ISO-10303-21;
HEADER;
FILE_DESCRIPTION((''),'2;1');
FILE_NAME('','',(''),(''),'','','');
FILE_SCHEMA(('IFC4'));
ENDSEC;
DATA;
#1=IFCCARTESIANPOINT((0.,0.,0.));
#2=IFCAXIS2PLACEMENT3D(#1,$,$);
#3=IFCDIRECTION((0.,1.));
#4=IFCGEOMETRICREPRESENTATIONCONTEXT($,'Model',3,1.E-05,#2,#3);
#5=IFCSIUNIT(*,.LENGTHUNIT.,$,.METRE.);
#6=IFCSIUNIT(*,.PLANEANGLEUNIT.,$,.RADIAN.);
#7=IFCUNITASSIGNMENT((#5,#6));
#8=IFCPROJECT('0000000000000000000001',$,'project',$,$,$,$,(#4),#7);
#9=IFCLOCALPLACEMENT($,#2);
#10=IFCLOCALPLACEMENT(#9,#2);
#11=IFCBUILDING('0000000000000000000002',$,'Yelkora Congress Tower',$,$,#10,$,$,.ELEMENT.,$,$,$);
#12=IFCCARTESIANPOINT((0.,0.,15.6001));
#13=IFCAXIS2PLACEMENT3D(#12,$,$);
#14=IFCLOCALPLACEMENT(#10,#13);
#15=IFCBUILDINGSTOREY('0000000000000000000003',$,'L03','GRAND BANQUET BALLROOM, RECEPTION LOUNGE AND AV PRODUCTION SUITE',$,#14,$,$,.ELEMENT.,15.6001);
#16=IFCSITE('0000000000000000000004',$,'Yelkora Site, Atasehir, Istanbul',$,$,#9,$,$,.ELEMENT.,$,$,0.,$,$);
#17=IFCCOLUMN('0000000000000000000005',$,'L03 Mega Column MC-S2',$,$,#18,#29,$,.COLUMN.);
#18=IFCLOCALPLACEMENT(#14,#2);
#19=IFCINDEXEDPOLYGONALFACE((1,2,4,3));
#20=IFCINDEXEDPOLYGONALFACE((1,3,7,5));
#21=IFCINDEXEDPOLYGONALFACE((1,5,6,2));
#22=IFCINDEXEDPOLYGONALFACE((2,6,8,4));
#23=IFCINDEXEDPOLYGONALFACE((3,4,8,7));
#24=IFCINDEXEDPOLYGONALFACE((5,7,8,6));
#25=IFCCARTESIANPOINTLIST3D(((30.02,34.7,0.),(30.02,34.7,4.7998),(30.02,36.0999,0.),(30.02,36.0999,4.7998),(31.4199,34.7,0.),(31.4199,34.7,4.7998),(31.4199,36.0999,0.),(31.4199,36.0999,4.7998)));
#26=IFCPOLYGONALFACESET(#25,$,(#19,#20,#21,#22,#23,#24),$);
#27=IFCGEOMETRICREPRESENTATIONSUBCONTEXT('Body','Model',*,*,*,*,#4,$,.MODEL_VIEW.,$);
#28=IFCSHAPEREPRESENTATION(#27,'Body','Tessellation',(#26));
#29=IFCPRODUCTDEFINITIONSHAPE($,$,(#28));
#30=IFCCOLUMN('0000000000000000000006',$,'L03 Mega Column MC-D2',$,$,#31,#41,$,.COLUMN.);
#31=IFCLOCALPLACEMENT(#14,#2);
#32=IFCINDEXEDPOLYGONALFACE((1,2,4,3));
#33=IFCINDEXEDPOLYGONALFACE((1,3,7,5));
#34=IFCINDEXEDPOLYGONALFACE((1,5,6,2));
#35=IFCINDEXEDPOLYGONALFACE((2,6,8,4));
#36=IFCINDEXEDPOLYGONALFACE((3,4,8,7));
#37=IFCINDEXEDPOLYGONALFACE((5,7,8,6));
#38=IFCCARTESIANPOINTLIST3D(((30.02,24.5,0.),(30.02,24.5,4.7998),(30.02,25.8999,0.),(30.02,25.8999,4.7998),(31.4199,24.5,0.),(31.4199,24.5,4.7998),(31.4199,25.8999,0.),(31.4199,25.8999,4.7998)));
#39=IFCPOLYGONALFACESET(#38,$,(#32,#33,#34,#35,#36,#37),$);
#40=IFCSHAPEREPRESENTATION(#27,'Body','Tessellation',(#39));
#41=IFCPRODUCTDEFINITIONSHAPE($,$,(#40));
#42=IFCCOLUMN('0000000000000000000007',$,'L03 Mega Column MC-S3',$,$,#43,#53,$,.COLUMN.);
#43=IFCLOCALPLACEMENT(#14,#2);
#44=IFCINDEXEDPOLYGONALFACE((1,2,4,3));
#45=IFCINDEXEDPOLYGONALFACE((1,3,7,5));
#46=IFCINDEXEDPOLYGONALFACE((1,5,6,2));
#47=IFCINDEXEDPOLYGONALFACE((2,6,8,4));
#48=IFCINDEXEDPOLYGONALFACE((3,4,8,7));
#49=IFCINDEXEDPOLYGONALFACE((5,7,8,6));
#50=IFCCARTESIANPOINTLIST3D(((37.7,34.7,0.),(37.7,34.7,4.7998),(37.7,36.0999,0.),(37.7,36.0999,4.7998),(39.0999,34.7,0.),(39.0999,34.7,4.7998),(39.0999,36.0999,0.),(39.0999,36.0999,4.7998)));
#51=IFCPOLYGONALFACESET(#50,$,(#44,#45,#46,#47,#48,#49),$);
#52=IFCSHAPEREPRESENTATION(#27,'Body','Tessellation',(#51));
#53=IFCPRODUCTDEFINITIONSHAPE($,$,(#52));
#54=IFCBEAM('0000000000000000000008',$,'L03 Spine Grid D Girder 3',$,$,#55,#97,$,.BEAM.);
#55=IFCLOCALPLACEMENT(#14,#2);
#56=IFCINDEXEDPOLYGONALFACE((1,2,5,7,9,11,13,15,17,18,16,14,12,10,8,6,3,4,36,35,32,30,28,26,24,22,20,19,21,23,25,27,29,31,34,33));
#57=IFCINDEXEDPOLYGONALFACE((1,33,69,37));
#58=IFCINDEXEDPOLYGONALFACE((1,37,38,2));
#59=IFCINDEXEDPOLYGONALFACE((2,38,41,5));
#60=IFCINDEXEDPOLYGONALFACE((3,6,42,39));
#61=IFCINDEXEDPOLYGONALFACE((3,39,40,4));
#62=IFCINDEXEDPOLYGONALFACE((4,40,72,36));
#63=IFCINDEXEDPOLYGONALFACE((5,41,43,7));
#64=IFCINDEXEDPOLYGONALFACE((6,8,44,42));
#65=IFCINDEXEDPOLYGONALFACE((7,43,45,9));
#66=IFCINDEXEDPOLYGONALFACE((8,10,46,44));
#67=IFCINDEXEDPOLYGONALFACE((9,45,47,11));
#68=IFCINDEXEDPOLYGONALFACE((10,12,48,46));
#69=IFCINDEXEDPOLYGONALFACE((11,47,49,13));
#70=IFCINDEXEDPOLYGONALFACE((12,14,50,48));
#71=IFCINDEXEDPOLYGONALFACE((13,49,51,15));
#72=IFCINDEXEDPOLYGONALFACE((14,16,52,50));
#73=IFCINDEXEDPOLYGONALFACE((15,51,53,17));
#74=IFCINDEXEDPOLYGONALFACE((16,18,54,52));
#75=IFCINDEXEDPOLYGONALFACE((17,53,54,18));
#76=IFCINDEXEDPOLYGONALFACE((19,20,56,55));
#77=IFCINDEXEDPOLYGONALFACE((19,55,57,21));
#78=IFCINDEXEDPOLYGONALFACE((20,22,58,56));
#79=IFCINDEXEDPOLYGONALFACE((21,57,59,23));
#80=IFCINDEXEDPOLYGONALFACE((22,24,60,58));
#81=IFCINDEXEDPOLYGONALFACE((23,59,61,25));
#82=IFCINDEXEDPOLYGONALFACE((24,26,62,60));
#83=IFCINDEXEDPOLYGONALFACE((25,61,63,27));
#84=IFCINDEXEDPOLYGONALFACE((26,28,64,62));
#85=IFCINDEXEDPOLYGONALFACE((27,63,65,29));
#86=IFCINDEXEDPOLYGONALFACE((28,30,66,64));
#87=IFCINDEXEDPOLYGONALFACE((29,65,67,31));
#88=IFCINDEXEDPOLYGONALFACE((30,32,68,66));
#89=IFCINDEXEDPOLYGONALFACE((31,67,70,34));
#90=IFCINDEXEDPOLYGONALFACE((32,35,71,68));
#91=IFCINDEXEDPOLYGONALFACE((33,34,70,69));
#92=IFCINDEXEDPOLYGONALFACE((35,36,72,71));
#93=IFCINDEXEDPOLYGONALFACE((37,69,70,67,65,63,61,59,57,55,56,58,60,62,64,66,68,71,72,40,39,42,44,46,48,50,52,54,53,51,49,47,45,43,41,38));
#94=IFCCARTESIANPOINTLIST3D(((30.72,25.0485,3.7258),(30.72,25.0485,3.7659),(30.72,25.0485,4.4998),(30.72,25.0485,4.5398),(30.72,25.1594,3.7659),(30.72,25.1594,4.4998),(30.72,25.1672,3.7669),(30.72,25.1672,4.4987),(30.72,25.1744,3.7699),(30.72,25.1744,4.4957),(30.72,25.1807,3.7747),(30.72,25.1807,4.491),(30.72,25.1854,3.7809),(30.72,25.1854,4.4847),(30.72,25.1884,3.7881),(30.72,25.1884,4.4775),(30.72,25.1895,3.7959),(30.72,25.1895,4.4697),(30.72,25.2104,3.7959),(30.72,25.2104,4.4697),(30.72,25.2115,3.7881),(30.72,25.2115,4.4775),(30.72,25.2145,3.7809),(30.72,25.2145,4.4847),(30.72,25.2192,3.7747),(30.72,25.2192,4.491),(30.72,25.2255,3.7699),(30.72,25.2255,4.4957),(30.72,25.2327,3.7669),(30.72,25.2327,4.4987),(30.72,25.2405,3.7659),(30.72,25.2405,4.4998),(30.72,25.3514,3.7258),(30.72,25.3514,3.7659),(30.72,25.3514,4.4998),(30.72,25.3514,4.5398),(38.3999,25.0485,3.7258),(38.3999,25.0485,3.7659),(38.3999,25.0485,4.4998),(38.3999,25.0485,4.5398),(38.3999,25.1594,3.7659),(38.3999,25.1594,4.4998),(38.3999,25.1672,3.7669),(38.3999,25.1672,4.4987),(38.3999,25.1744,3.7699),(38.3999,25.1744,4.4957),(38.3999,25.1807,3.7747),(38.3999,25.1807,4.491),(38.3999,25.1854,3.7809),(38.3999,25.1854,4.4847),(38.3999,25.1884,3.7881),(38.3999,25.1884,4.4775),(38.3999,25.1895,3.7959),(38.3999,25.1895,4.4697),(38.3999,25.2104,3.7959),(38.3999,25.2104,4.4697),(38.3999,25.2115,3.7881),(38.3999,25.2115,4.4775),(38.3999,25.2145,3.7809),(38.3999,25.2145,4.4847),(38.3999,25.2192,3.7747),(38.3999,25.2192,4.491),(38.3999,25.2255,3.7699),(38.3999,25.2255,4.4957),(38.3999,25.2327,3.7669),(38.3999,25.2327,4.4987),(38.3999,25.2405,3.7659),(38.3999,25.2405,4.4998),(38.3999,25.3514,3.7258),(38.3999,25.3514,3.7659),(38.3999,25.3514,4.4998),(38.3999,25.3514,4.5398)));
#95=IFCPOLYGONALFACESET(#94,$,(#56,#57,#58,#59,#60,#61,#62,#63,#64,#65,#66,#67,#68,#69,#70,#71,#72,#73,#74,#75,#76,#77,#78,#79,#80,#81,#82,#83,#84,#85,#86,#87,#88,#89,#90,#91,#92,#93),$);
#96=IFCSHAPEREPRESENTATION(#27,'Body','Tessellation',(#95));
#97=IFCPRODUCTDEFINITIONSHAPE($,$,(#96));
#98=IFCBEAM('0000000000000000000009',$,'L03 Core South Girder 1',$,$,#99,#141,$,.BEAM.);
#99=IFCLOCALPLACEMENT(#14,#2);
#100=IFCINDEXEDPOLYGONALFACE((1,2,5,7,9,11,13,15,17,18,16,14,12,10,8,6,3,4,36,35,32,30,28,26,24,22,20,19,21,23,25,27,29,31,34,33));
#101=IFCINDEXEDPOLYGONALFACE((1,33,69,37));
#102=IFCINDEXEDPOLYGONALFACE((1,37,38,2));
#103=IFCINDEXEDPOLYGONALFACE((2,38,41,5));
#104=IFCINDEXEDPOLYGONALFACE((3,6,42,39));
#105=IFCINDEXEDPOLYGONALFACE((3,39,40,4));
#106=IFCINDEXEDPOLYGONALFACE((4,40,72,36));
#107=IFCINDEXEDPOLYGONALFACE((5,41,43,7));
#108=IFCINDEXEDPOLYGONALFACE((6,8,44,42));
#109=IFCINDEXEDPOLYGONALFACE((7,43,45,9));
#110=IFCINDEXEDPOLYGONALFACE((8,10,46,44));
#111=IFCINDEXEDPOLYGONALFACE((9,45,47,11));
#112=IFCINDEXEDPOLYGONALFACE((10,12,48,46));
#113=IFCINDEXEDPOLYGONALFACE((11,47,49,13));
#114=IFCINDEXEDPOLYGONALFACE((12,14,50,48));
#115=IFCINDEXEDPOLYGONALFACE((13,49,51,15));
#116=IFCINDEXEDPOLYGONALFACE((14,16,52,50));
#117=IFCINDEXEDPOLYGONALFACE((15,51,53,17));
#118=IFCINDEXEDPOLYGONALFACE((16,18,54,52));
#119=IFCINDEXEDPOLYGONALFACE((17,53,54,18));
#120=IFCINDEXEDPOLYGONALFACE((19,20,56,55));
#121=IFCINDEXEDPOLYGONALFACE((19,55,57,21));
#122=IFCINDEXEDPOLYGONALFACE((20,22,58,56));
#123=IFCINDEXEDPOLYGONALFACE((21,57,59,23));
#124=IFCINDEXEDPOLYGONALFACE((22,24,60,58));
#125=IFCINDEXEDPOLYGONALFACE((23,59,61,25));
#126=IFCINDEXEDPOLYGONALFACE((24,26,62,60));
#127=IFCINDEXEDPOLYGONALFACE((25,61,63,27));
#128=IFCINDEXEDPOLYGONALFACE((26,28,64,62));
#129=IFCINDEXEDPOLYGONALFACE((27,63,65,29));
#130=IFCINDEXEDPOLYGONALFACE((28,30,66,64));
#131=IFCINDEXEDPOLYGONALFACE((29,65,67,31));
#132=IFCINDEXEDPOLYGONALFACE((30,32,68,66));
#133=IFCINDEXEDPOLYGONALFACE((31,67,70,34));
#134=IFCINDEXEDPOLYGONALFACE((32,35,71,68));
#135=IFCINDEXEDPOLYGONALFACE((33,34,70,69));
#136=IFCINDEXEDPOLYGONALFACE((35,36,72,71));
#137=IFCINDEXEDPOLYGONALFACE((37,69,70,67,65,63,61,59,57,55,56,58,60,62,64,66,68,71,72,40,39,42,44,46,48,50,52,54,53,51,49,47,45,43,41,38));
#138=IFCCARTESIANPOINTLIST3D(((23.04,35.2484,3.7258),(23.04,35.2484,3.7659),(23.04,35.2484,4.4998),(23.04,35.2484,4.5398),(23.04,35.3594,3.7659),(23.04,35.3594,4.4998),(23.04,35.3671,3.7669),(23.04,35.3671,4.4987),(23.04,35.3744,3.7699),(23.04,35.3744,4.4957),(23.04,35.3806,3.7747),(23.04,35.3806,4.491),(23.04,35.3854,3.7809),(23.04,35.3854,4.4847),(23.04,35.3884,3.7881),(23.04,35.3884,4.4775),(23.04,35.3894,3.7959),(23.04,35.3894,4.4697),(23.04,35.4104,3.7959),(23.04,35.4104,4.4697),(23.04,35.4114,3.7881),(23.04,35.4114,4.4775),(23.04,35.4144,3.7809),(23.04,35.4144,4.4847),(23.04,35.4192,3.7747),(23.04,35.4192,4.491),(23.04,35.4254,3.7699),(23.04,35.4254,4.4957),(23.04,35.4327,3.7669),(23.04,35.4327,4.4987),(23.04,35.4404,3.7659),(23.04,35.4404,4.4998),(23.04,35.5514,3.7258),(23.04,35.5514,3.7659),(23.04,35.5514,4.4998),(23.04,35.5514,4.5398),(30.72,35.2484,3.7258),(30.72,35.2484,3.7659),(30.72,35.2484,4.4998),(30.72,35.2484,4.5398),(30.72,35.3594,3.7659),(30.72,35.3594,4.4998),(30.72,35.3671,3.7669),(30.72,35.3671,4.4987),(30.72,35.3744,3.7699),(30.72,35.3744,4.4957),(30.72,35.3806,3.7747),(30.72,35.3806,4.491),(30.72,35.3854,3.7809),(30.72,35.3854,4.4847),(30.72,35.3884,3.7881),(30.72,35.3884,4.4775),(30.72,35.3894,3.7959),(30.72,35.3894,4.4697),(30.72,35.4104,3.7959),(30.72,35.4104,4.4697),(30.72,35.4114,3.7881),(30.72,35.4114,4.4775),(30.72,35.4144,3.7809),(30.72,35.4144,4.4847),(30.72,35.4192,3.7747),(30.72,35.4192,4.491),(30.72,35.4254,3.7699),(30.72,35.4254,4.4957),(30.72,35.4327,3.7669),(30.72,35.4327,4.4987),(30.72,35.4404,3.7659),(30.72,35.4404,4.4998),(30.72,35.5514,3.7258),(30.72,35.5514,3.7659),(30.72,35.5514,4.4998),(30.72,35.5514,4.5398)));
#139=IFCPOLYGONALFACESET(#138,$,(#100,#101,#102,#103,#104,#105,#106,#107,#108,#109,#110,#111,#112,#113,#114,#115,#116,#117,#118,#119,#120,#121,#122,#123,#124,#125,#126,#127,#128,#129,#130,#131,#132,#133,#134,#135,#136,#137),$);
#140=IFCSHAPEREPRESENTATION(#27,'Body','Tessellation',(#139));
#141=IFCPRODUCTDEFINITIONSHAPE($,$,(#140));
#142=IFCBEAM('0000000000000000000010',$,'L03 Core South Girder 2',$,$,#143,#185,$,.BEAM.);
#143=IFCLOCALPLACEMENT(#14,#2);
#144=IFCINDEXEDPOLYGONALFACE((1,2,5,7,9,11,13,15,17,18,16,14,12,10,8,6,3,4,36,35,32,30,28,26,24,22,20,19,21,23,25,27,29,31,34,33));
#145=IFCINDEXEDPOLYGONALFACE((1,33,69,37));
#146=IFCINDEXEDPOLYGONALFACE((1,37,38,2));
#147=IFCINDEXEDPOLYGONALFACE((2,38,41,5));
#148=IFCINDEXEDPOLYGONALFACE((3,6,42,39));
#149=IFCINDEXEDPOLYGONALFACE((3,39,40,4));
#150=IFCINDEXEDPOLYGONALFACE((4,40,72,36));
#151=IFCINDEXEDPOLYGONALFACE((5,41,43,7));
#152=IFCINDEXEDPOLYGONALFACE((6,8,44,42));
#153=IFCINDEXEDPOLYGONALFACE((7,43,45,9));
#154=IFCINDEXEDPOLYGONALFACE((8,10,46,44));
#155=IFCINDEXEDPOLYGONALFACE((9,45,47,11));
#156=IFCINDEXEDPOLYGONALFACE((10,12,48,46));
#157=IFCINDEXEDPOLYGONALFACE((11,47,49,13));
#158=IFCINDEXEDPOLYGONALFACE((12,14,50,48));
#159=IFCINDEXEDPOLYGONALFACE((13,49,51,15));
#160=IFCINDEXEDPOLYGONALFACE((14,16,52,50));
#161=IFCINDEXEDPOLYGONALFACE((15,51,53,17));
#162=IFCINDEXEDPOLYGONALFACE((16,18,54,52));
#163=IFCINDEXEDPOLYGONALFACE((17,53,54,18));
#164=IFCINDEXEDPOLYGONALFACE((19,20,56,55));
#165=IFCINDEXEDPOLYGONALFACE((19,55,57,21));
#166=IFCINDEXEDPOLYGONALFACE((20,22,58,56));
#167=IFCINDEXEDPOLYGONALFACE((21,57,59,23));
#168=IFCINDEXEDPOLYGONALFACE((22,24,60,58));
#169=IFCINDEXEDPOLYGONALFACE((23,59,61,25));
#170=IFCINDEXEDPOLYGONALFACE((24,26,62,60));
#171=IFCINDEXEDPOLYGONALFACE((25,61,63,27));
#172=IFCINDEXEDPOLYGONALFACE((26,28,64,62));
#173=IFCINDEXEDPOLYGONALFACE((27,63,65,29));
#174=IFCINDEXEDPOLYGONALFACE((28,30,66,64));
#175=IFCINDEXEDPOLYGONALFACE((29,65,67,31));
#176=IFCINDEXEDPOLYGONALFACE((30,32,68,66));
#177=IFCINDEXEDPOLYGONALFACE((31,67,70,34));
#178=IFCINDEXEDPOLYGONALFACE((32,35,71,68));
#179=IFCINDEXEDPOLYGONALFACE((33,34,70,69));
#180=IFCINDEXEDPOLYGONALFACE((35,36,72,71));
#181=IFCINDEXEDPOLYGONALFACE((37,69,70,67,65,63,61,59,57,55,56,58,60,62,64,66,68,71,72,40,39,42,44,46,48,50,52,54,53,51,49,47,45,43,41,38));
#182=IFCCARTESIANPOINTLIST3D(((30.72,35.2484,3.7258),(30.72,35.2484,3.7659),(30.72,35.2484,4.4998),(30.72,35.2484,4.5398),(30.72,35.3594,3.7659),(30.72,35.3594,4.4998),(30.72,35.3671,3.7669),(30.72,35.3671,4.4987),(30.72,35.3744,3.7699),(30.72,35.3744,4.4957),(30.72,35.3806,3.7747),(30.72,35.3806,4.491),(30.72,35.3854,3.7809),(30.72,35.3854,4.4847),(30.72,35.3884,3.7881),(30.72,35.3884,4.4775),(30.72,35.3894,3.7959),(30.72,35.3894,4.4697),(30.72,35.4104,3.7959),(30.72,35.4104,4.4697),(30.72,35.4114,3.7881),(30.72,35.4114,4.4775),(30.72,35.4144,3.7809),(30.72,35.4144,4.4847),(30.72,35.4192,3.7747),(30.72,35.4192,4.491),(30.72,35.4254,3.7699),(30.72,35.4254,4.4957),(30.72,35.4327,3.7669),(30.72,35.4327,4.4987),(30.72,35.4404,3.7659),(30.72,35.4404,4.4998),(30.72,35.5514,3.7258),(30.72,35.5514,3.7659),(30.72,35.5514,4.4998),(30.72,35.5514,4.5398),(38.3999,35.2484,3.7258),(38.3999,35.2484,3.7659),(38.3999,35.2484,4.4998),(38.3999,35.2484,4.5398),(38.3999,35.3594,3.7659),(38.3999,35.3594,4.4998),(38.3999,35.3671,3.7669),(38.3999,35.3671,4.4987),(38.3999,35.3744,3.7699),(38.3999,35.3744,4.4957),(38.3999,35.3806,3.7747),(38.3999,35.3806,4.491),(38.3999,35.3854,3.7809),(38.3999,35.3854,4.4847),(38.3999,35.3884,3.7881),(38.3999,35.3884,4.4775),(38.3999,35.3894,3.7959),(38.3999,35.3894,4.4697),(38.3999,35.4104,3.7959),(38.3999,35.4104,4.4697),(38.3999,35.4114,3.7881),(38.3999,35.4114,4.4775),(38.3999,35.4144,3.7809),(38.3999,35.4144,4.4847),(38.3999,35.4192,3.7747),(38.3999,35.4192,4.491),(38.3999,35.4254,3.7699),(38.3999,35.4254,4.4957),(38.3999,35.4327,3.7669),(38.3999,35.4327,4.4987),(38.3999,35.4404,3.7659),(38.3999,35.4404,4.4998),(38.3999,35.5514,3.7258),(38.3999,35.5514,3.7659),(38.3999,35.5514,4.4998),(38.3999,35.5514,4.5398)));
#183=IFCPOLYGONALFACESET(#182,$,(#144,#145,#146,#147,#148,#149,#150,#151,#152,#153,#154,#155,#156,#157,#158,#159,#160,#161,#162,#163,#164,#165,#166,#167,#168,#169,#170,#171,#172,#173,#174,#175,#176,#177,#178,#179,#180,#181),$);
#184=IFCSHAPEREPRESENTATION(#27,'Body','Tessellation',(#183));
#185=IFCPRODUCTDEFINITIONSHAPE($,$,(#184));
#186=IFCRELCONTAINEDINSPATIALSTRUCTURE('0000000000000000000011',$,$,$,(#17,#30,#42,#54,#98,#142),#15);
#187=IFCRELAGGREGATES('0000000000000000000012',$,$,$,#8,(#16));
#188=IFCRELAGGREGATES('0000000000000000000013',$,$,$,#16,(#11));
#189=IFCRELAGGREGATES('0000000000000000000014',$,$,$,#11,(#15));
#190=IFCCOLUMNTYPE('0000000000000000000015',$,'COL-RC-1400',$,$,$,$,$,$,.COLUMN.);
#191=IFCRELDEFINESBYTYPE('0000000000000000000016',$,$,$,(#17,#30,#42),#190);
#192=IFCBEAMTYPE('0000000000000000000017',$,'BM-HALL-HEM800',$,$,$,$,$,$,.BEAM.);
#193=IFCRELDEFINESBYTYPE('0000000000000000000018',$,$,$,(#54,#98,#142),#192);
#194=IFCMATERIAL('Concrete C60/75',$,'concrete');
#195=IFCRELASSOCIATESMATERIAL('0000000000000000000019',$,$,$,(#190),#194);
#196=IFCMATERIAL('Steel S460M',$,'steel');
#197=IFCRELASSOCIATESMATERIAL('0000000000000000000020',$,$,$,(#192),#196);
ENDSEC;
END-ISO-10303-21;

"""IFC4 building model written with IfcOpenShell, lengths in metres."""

from ifc_helpers import new_model, si_unit, direction, frame, origin, origin_2d, place, context, subcontext, project, spatial, rectangle, i_section, extrude, material, material_profile, profile_set, type_object, element, save


model = new_model("IFC4")

# Units and contexts
model_context = context("Model", 3, precision=1e-05, world=origin(), true_north=direction((0.0, 1.0)))
body_context = subcontext(model_context, "Body", "Model", "MODEL_VIEW")
ifc_project = project(units=[si_unit("LENGTHUNIT", "METRE"), si_unit("PLANEANGLEUNIT", "RADIAN")], contexts=[model_context])

# Site, building, storey
site_placement = place(None, origin())
site = spatial("IfcSite", under=ifc_project, at=site_placement, Name="Yelkora Site, Atasehir, Istanbul", CompositionType="ELEMENT", RefElevation=0.0)
building_placement = place(site_placement, origin())
building = spatial("IfcBuilding", under=site, at=building_placement, Name="Yelkora Congress Tower", CompositionType="ELEMENT")
storey_placement = place(building_placement, frame((0.0, 0.0, 15.6001)))
storey = spatial("IfcBuildingStorey", under=building, at=storey_placement, Name="L03", Description="GRAND BANQUET BALLROOM, RECEPTION LOUNGE AND AV PRODUCTION SUITE", CompositionType="ELEMENT", Elevation=15.6001)

# Columns
ifc_material_1 = material(Name="Concrete C60/75", Category="concrete")
ifc_material_profile_1 = material_profile(ifc_material_1, rectangle(XDim=1.3999, YDim=1.3999, at=origin_2d()), Name="RC 1400x1400")
ifc_profile_set_1 = profile_set([ifc_material_profile_1], Name="Concrete C60/75")
column_type = type_object("IfcColumnType", Name="COL-RC-1400", PredefinedType="COLUMN", material=ifc_profile_set_1)
for number, where, z_axis, x_axis, name in (
    (1, (30.72, 35.3999, 0.0), (0.0, 0.0, 1.0), (1.0, 0.0, 0.0), "L03 Mega Column MC-S2"),
    (2, (30.72, 25.2, 0.0), (0.0, 0.0, 1.0), (1.0, 0.0, 0.0), "L03 Mega Column MC-D2"),
    (3, (38.3999, 35.3999, 0.0), (0.0, 0.0, 1.0), (1.0, 0.0, 0.0), "L03 Mega Column MC-S3"),
):
    element("IfcColumn", number, at=place(storey_placement, frame(where, z_axis=z_axis, x_axis=x_axis)), inside=storey, type_object=column_type, Name=name, PredefinedType="COLUMN", context=body_context, shape_type="SweptSolid", body=[
        extrude(rectangle(XDim=1.3999, YDim=1.3999, at=origin_2d()), origin(), (0.0, 0.0, 1.0), 4.7998),
    ])

# Beams
ifc_material_2 = material(Name="Steel S460M", Category="steel")
ifc_material_profile_2 = material_profile(ifc_material_2, i_section(OverallWidth=0.303, OverallDepth=0.814, WebThickness=0.021, FlangeThickness=0.04, FilletRadius=0.03, at=origin_2d()), Name="HEM 800")
ifc_profile_set_2 = profile_set([ifc_material_profile_2], Name="Steel S460M")
beam_type_1 = type_object("IfcBeamType", Name="BM-HALL-HEM800", PredefinedType="BEAM", material=ifc_profile_set_2)
for number, where, z_axis, x_axis, name in (
    (4, (30.72, 25.2, 4.1328), (1.0, 0.0, 0.0), (0.0, 1.0, 0.0), "L03 Spine Grid D Girder 3"),
    (5, (23.04, 35.3999, 4.1328), (1.0, 0.0, 0.0), (0.0, 1.0, 0.0), "L03 Core South Girder 1"),
    (6, (30.72, 35.3999, 4.1328), (1.0, 0.0, 0.0), (0.0, 1.0, 0.0), "L03 Core South Girder 2"),
):
    element("IfcBeam", number, at=place(storey_placement, frame(where, z_axis=z_axis, x_axis=x_axis)), inside=storey, type_object=beam_type_1, Name=name, PredefinedType="BEAM", context=body_context, shape_type="SweptSolid", body=[
        extrude(i_section(OverallWidth=0.303, OverallDepth=0.814, WebThickness=0.021, FlangeThickness=0.04, FilletRadius=0.03, at=origin_2d()), origin(), (0.0, 0.0, 1.0), 7.6799),
    ])

save(model, "model.ifc")
